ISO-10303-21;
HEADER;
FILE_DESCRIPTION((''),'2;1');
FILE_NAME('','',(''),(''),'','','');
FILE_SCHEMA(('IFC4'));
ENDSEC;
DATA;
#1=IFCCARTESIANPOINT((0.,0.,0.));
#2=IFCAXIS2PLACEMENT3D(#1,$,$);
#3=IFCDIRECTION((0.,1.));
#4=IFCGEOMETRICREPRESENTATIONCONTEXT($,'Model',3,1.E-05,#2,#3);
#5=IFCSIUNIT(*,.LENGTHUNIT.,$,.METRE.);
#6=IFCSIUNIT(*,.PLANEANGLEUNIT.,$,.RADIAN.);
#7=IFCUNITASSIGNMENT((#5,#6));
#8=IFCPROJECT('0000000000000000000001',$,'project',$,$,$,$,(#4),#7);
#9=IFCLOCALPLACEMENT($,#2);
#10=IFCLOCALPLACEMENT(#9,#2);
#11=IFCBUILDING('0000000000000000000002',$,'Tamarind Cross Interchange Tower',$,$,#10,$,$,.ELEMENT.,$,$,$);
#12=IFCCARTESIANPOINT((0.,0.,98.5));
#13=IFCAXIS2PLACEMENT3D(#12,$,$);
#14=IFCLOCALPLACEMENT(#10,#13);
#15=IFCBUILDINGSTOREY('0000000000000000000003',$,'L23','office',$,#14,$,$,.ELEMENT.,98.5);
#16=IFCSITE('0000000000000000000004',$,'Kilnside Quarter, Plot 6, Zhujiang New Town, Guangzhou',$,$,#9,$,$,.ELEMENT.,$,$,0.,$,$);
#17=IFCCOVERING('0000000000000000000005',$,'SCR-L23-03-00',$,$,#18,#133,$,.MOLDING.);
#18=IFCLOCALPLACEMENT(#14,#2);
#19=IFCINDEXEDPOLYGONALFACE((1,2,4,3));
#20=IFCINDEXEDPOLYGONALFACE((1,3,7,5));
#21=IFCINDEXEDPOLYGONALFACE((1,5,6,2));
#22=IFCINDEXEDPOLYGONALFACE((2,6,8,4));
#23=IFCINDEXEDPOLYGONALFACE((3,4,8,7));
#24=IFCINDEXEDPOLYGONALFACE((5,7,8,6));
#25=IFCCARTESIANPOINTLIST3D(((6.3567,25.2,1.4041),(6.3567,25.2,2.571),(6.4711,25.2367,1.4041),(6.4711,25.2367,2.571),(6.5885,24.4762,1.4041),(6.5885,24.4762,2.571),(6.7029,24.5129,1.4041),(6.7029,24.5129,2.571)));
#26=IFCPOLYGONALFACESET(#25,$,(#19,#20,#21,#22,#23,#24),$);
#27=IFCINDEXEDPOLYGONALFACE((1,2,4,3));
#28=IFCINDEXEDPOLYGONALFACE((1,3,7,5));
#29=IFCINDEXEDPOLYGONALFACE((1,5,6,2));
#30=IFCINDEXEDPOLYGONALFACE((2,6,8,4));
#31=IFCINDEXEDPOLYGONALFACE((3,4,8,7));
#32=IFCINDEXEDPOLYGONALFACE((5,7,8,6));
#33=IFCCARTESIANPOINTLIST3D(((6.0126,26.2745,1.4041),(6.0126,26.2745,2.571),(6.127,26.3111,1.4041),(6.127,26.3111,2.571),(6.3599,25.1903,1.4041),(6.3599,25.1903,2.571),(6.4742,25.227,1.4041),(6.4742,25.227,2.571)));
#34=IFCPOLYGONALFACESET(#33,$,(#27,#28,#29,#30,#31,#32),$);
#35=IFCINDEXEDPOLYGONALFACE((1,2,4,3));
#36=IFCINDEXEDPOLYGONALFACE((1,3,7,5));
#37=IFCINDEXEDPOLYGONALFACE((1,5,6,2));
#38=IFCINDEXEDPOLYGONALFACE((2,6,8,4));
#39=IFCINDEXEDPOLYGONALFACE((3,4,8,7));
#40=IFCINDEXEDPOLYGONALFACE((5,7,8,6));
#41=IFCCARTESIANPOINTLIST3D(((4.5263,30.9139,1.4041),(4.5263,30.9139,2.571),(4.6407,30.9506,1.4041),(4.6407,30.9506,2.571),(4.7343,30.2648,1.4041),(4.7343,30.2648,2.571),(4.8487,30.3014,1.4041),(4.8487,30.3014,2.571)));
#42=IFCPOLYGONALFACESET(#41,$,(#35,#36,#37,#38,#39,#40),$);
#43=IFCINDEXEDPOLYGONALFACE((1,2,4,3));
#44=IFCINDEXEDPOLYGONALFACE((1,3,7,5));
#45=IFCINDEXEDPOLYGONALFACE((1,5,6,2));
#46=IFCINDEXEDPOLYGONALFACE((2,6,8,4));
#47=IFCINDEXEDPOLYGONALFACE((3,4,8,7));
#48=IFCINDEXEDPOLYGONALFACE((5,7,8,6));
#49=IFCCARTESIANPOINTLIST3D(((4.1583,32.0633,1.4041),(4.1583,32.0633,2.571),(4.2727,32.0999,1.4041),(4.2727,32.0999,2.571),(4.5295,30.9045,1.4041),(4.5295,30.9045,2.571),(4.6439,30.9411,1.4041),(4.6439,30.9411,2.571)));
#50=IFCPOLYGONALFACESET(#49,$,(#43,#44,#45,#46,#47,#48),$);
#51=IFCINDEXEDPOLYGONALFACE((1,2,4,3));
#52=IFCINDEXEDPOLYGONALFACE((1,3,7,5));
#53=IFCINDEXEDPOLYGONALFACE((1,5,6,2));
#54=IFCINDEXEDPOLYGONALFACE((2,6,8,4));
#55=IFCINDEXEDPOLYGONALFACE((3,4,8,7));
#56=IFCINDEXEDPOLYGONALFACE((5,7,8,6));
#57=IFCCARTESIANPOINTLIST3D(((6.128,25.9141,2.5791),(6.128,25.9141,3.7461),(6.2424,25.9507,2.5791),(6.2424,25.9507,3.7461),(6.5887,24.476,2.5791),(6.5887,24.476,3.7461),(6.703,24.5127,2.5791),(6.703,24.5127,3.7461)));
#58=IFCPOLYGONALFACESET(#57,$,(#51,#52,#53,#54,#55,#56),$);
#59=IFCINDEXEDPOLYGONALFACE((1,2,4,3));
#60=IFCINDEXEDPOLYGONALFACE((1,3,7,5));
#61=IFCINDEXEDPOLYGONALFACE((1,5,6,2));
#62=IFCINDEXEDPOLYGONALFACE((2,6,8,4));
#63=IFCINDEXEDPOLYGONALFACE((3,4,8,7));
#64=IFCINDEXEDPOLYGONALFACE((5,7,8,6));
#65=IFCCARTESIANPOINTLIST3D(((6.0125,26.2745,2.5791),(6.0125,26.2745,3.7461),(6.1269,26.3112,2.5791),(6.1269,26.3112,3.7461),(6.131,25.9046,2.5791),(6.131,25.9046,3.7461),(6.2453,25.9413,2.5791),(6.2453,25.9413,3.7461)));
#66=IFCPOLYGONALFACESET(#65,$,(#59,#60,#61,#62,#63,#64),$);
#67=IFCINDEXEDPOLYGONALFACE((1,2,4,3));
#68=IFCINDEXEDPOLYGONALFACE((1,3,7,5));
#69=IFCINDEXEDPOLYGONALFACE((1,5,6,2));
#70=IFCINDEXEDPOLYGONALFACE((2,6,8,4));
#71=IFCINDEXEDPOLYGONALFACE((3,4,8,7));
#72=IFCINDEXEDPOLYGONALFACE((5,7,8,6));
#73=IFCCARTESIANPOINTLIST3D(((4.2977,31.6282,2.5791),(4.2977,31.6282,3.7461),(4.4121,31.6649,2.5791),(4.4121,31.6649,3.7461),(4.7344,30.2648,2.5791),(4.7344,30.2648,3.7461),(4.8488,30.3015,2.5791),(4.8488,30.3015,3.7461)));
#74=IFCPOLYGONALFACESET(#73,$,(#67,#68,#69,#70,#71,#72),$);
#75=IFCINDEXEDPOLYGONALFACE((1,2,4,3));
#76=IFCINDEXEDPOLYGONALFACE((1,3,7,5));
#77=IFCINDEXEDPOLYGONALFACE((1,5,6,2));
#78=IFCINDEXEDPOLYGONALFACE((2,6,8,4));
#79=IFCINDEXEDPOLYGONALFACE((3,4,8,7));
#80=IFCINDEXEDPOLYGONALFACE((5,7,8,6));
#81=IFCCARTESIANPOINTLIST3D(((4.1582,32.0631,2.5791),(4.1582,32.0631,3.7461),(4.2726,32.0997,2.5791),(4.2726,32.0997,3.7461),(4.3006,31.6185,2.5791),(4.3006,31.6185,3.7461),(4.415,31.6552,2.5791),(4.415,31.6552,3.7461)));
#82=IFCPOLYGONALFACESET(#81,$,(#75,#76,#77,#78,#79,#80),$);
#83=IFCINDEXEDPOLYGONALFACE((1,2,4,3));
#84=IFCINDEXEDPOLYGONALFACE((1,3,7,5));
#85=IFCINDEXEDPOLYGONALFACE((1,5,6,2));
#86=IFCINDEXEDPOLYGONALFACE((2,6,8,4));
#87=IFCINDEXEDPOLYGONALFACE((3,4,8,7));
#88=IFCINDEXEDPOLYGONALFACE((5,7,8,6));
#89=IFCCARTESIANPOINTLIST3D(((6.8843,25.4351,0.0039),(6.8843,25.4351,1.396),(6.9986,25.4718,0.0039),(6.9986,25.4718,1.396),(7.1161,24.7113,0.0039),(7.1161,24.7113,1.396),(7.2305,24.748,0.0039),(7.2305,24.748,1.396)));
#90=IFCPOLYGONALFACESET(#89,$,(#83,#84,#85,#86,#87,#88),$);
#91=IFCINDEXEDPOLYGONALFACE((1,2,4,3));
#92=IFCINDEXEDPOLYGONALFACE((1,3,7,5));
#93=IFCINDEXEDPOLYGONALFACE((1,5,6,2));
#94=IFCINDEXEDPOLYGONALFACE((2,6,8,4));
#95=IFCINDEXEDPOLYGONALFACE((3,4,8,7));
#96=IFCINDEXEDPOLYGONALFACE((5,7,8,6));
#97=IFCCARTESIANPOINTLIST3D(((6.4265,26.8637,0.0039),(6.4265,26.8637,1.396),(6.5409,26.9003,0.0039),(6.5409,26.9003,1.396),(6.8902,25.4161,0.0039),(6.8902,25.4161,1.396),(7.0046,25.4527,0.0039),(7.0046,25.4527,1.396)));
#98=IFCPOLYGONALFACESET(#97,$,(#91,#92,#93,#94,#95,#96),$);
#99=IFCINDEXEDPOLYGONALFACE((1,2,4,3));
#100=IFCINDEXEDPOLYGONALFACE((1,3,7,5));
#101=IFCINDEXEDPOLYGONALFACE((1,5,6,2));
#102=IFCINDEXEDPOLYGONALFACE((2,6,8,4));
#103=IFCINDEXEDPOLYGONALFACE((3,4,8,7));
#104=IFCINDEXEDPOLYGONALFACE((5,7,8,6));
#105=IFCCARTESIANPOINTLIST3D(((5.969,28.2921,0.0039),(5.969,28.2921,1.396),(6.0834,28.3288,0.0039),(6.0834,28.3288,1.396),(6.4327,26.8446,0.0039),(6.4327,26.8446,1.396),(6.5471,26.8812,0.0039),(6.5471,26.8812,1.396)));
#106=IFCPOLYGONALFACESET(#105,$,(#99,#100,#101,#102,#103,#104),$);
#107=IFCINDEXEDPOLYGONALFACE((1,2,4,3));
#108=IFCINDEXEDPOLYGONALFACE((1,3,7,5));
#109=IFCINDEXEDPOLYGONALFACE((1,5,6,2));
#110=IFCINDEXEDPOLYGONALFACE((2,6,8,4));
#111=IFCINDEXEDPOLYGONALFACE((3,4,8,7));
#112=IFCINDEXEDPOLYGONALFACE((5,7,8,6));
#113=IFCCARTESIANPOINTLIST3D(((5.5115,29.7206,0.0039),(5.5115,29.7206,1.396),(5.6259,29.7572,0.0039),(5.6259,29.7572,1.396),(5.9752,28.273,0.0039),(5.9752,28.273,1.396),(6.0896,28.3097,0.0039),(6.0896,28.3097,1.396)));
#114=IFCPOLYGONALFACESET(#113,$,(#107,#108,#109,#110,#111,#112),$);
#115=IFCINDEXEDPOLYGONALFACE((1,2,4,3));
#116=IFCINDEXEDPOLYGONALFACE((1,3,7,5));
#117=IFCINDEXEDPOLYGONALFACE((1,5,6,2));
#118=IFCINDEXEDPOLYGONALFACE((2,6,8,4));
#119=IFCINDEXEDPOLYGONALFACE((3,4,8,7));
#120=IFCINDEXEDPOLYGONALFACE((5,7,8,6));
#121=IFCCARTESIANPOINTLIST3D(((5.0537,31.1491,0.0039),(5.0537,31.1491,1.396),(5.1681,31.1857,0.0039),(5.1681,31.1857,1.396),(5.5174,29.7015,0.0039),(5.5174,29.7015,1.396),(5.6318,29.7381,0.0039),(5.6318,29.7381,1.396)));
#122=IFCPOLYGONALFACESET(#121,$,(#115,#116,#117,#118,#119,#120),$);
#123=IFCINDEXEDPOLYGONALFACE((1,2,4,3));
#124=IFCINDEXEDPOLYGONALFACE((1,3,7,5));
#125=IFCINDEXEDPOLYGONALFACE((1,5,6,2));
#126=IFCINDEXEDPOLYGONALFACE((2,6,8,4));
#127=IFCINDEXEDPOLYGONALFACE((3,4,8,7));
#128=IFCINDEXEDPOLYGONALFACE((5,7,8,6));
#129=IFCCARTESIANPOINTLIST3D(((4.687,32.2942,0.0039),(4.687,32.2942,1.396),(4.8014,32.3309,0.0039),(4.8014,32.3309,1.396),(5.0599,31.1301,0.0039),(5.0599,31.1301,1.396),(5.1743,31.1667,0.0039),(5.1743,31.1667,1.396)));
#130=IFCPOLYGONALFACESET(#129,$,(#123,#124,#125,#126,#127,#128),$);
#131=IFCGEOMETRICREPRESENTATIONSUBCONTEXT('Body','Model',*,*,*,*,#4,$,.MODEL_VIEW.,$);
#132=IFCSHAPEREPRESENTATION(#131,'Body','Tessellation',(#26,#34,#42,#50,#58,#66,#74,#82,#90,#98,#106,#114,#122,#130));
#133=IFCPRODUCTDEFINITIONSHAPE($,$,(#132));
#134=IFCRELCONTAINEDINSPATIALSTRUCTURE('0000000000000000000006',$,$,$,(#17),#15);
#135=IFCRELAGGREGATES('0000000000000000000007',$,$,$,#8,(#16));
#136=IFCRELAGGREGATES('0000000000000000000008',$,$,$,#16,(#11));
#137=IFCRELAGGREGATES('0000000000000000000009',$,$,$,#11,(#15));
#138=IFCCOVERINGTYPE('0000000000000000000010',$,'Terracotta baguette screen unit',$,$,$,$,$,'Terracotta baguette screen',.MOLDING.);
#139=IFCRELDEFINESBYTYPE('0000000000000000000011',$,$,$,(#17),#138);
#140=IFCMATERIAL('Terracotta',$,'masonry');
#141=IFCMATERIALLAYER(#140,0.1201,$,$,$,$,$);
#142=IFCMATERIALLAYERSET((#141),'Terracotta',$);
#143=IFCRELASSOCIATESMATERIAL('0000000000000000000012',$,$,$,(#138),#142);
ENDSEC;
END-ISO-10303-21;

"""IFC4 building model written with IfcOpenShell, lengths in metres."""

from ifc_helpers import new_model, si_unit, direction, frame, origin, origin_2d, place, context, subcontext, project, spatial, rectangle, extrude, material, layer, layer_set, type_object, element, save


model = new_model("IFC4")

# Units and contexts
model_context = context("Model", 3, precision=1e-05, world=origin(), true_north=direction((0.0, 1.0)))
body_context = subcontext(model_context, "Body", "Model", "MODEL_VIEW")
ifc_project = project(units=[si_unit("LENGTHUNIT", "METRE"), si_unit("PLANEANGLEUNIT", "RADIAN")], contexts=[model_context])

# Site, building, storey
site_placement = place(None, origin())
site = spatial("IfcSite", under=ifc_project, at=site_placement, Name="Kilnside Quarter, Plot 6, Zhujiang New Town, Guangzhou", CompositionType="ELEMENT", RefElevation=0.0)
building_placement = place(site_placement, origin())
building = spatial("IfcBuilding", under=site, at=building_placement, Name="Tamarind Cross Interchange Tower", CompositionType="ELEMENT")
storey_placement = place(building_placement, frame((0.0, 0.0, 98.5)))
storey = spatial("IfcBuildingStorey", under=building, at=storey_placement, Name="L23", Description="office", CompositionType="ELEMENT", Elevation=98.5)

# Covering
ifc_material_1 = material(Name="Terracotta", Category="masonry")
ifc_layer_1 = layer(ifc_material_1, 0.1201)
ifc_layer_set_1 = layer_set([ifc_layer_1], Name="Terracotta")
covering_type = type_object("IfcCoveringType", Name="Terracotta baguette screen unit", ElementType="Terracotta baguette screen", PredefinedType="MOLDING", material=ifc_layer_set_1)
covering_1_placement = place(storey_placement, origin())
element("IfcCovering", 1, at=covering_1_placement, inside=storey, type_object=covering_type, Name="SCR-L23-03-00", PredefinedType="MOLDING", context=body_context, shape_type="SweptSolid", body=[
    extrude(rectangle(XDim=0.76, YDim=0.1201, at=origin_2d()), frame((6.5298, 24.8564, 1.4041), z_axis=(0.0, 0.0, 1.0), x_axis=(-0.305057, 0.952334, 0.0)), (0.0, 0.0, 1.0), 1.167),
    extrude(rectangle(XDim=1.1384, YDim=0.1201, at=origin_2d()), frame((6.2434, 25.7507, 1.4041), z_axis=(0.0, 0.0, 1.0), x_axis=(-0.305057, 0.952334, 0.0)), (0.0, 0.0, 1.0), 1.167),
    extrude(rectangle(XDim=0.6816, YDim=0.1201, at=origin_2d()), frame((4.6875, 30.6077, 1.4041), z_axis=(0.0, 0.0, 1.0), x_axis=(-0.305057, 0.952334, 0.0)), (0.0, 0.0, 1.0), 1.167),
    extrude(rectangle(XDim=1.2168, YDim=0.1201, at=origin_2d()), frame((4.4011, 31.5022, 1.4041), z_axis=(0.0, 0.0, 1.0), x_axis=(-0.305057, 0.952334, 0.0)), (0.0, 0.0, 1.0), 1.167),
    extrude(rectangle(XDim=1.51, YDim=0.1201, at=origin_2d()), frame((6.4155, 25.2134, 2.5791), z_axis=(0.0, 0.0, 1.0), x_axis=(-0.305057, 0.952334, 0.0)), (0.0, 0.0, 1.0), 1.167),
    extrude(rectangle(XDim=0.3884, YDim=0.1201, at=origin_2d()), frame((6.1289, 26.1079, 2.5791), z_axis=(0.0, 0.0, 1.0), x_axis=(-0.305057, 0.952334, 0.0)), (0.0, 0.0, 1.0), 1.167),
    extrude(rectangle(XDim=1.4316, YDim=0.1201, at=origin_2d()), frame((4.5732, 30.9648, 2.5791), z_axis=(0.0, 0.0, 1.0), x_axis=(-0.305057, 0.952334, 0.0)), (0.0, 0.0, 1.0), 1.167),
    extrude(rectangle(XDim=0.4668, YDim=0.1201, at=origin_2d()), frame((4.2866, 31.8591, 2.5791), z_axis=(0.0, 0.0, 1.0), x_axis=(-0.305057, 0.952334, 0.0)), (0.0, 0.0, 1.0), 1.167),
    extrude(rectangle(XDim=0.76, YDim=0.1201, at=origin_2d()), frame((7.0574, 25.0916, 0.0039), z_axis=(0.0, 0.0, 1.0), x_axis=(-0.305057, 0.952334, 0.0)), (0.0, 0.0, 1.0), 1.3921),
    extrude(rectangle(XDim=1.52, YDim=0.1201, at=origin_2d()), frame((6.7156, 26.1582, 0.0039), z_axis=(0.0, 0.0, 1.0), x_axis=(-0.305057, 0.952334, 0.0)), (0.0, 0.0, 1.0), 1.3921),
    extrude(rectangle(XDim=1.52, YDim=0.1201, at=origin_2d()), frame((6.2581, 27.5867, 0.0039), z_axis=(0.0, 0.0, 1.0), x_axis=(-0.305057, 0.952334, 0.0)), (0.0, 0.0, 1.0), 1.3921),
    extrude(rectangle(XDim=1.52, YDim=0.1201, at=origin_2d()), frame((5.8005, 29.0151, 0.0039), z_axis=(0.0, 0.0, 1.0), x_axis=(-0.305057, 0.952334, 0.0)), (0.0, 0.0, 1.0), 1.3921),
    extrude(rectangle(XDim=1.52, YDim=0.1201, at=origin_2d()), frame((5.3428, 30.4436, 0.0039), z_axis=(0.0, 0.0, 1.0), x_axis=(-0.305057, 0.952334, 0.0)), (0.0, 0.0, 1.0), 1.3921),
    extrude(rectangle(XDim=1.2224, YDim=0.1201, at=origin_2d()), frame((4.9307, 31.7305, 0.0039), z_axis=(0.0, 0.0, 1.0), x_axis=(-0.305057, 0.952334, 0.0)), (0.0, 0.0, 1.0), 1.3921),
])

save(model, "model.ifc")
